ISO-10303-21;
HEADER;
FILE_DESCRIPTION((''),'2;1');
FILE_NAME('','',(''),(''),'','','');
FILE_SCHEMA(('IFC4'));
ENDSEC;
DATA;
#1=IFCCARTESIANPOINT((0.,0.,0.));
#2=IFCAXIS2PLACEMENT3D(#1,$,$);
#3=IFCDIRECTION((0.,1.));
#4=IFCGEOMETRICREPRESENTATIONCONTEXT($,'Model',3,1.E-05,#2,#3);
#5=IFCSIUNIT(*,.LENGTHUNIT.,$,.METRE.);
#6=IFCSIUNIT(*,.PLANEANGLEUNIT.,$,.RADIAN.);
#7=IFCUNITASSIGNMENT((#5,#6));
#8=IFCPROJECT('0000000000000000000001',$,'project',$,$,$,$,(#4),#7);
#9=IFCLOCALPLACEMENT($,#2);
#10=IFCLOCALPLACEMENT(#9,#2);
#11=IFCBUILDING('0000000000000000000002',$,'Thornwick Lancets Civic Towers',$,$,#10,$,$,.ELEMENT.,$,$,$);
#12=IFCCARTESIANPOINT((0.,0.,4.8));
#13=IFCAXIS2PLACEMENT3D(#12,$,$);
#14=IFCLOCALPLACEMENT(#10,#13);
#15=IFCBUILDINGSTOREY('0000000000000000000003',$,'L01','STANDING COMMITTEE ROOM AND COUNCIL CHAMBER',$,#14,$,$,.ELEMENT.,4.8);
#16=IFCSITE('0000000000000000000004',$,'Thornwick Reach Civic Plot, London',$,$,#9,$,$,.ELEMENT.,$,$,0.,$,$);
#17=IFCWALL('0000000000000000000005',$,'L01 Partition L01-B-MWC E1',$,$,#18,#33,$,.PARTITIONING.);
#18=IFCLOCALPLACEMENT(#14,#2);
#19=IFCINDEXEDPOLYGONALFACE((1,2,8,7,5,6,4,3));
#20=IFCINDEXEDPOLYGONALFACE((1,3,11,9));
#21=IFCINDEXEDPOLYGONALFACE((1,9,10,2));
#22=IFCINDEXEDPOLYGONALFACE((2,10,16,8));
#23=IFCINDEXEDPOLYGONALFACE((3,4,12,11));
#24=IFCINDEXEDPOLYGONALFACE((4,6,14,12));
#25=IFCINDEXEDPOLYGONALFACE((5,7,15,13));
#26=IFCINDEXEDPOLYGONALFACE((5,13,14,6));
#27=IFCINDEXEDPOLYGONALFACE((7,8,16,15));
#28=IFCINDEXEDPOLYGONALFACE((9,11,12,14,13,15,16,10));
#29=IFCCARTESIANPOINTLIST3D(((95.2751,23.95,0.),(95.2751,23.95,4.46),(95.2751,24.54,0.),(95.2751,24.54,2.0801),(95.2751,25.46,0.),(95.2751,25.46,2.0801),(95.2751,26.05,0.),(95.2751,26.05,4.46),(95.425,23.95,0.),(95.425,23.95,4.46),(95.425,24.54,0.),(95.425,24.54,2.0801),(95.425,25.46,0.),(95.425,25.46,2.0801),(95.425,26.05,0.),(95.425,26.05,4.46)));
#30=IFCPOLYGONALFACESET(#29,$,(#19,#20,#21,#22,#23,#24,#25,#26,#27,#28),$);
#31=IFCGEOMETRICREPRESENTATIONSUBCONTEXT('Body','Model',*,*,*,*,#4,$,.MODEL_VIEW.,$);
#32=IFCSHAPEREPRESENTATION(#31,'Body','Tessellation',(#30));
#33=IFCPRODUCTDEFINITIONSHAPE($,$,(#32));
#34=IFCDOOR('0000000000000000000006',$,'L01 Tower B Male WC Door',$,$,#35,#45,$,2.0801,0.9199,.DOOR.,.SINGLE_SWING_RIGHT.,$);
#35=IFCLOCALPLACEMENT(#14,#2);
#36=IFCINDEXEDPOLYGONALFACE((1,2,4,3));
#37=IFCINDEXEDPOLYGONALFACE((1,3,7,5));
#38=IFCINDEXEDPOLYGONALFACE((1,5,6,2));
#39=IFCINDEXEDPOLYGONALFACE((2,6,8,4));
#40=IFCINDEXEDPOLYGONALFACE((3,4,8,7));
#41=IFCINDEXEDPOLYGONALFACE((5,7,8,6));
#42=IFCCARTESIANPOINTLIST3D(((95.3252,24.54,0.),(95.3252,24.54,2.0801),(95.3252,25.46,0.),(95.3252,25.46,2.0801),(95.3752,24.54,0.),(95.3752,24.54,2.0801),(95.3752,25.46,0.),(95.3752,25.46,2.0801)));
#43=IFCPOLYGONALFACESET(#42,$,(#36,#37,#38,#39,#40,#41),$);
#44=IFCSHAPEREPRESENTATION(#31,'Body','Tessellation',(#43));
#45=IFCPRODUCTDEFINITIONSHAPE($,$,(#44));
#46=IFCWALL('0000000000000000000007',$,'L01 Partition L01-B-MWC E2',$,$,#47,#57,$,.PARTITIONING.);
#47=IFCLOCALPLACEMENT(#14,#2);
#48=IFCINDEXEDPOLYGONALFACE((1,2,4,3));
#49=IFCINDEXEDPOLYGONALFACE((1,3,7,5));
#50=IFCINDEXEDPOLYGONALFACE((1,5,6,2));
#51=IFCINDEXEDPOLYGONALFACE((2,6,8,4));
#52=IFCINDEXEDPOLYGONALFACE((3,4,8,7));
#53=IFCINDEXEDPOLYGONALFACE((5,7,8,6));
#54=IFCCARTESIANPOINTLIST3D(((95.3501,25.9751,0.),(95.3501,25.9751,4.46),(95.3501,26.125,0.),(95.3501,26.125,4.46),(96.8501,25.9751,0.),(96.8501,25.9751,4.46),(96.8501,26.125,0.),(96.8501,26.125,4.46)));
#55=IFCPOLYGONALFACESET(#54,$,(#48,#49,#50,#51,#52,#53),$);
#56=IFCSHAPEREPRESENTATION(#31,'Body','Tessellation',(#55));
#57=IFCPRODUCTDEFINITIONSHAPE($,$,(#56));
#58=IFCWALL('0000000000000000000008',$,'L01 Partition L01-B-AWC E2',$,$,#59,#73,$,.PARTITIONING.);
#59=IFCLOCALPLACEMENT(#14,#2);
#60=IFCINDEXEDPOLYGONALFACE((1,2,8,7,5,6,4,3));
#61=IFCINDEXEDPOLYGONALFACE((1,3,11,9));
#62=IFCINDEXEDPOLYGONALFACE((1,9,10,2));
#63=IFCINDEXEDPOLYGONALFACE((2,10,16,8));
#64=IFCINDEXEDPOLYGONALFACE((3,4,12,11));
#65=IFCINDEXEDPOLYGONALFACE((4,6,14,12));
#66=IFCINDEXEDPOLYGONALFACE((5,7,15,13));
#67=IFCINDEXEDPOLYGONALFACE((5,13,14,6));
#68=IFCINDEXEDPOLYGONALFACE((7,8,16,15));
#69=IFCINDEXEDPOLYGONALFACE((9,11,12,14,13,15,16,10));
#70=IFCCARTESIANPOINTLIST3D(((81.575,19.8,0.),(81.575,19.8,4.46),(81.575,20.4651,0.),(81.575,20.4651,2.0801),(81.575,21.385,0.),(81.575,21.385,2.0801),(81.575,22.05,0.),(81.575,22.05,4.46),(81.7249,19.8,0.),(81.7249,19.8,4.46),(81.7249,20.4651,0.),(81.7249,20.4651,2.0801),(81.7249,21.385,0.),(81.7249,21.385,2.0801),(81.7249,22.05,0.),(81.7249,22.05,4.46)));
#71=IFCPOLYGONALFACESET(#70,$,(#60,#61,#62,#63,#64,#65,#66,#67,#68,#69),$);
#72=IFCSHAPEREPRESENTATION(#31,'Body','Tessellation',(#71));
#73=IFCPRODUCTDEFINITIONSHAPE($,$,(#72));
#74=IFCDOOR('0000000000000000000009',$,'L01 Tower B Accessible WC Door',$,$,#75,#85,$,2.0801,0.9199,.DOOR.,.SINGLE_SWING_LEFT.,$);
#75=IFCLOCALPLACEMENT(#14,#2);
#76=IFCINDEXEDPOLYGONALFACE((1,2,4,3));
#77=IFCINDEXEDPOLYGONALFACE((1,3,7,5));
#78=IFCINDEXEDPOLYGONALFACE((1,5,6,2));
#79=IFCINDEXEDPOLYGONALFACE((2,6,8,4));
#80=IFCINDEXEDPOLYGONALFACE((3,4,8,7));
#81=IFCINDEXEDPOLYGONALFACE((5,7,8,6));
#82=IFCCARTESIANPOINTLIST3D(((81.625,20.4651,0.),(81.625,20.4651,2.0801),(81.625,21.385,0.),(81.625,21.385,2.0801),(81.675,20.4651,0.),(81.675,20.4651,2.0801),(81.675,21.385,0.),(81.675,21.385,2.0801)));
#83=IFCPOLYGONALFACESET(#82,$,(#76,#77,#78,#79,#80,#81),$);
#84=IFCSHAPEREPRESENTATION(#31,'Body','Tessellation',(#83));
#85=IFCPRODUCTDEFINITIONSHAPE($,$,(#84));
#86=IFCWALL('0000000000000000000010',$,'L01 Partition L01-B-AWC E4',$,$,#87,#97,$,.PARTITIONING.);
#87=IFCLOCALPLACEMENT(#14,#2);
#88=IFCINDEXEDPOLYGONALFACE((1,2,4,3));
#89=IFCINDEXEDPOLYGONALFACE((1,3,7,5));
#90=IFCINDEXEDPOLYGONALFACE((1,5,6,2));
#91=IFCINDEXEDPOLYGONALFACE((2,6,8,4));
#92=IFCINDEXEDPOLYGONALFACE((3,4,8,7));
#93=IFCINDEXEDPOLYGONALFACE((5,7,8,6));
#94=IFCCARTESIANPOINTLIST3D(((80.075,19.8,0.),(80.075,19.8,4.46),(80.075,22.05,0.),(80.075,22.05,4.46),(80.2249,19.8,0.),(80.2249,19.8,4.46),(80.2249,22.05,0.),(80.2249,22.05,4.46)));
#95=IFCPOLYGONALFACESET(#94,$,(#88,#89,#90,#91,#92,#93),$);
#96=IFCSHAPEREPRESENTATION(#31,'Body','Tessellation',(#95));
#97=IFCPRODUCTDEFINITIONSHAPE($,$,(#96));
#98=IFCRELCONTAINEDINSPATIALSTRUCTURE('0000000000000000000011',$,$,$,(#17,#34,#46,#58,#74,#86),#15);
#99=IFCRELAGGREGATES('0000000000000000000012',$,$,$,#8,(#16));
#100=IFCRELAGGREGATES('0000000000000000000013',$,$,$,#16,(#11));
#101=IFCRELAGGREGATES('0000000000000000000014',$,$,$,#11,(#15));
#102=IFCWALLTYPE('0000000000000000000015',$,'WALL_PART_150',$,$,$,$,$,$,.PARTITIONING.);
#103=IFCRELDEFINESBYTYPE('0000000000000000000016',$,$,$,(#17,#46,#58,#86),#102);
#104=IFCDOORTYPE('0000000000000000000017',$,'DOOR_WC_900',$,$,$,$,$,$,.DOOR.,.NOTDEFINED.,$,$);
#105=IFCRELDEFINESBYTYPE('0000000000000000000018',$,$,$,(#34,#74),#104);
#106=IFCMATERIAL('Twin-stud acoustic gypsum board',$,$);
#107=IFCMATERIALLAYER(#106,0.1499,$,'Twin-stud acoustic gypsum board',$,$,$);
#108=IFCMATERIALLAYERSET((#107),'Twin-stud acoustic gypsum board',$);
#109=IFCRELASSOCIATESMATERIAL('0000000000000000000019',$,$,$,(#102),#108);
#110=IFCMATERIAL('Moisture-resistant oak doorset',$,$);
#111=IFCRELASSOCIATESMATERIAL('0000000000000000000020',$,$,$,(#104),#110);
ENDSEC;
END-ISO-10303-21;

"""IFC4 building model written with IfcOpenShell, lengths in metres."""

from ifc_helpers import new_model, si_unit, direction, frame, frame_2d, origin, place, context, subcontext, project, spatial, rectangle, extrude, material, layer, layer_set, type_object, element, fill, save


model = new_model("IFC4")

# Units and contexts
model_context = context("Model", 3, precision=1e-05, world=origin(), true_north=direction((0.0, 1.0)))
body_context = subcontext(model_context, "Body", "Model", "MODEL_VIEW")
ifc_project = project(units=[si_unit("LENGTHUNIT", "METRE"), si_unit("PLANEANGLEUNIT", "RADIAN")], contexts=[model_context])

# Site, building, storey
site_placement = place(None, origin())
site = spatial("IfcSite", under=ifc_project, at=site_placement, Name="Thornwick Reach Civic Plot, London", CompositionType="ELEMENT", RefElevation=0.0)
building_placement = place(site_placement, origin())
building = spatial("IfcBuilding", under=site, at=building_placement, Name="Thornwick Lancets Civic Towers", CompositionType="ELEMENT")
storey_placement = place(building_placement, frame((0.0, 0.0, 4.8)))
storey = spatial("IfcBuildingStorey", under=building, at=storey_placement, Name="L01", Description="STANDING COMMITTEE ROOM AND COUNCIL CHAMBER", CompositionType="ELEMENT", Elevation=4.8)

# Wall, opening, door
ifc_material_1 = material(Name="Twin-stud acoustic gypsum board")
ifc_layer_1 = layer(ifc_material_1, 0.1499, Name="Twin-stud acoustic gypsum board")
ifc_layer_set_1 = layer_set([ifc_layer_1], Name="Twin-stud acoustic gypsum board")
wall_type_1 = type_object("IfcWallType", Name="WALL_PART_150", PredefinedType="PARTITIONING", material=ifc_layer_set_1)
wall_1_placement = place(storey_placement, frame((95.3501, 23.95, 0.0), z_axis=(0.0, 0.0, 1.0), x_axis=(0.0, 1.0, 0.0)))
wall_1 = element("IfcWall", 1, at=wall_1_placement, inside=storey, type_object=wall_type_1, Name="L01 Partition L01-B-MWC E1", PredefinedType="PARTITIONING", context=body_context, shape_type="SweptSolid", body=[
    extrude(rectangle(XDim=2.1001, YDim=0.1499, at=frame_2d((1.05, 0.0))), origin(), (0.0, 0.0, 1.0), 4.46),
])
opening_1_placement = place(wall_1_placement, frame((0.5901, 0.0, 0.0)))
opening_1 = element("IfcOpeningElement", 2, at=opening_1_placement, cuts=wall_1, PredefinedType="OPENING", context=body_context, shape_type="SweptSolid", body=[
    extrude(rectangle(XDim=0.9199, YDim=2.0801, at=frame_2d((0.46, 1.04))), frame((0.0, 0.085, 0.0), z_axis=(0.0, -1.0, 0.0), x_axis=(1.0, 0.0, 0.0)), (0.0, 0.0, 1.0), 0.1699),
])
ifc_material_2 = material(Name="Moisture-resistant oak doorset")
door_type_1 = type_object("IfcDoorType", Name="DOOR_WC_900", OperationType="NOTDEFINED", PredefinedType="DOOR", material=ifc_material_2)
door_1_placement = place(opening_1_placement, origin())
door_1 = element("IfcDoor", 3, at=door_1_placement, inside=storey, type_object=door_type_1, Name="L01 Tower B Male WC Door", OperationType="SINGLE_SWING_RIGHT", OverallHeight=2.0801, OverallWidth=0.9199, PredefinedType="DOOR", context=body_context, shape_type="SweptSolid", body=[
    extrude(rectangle(XDim=0.9199, YDim=2.0801, at=frame_2d((0.46, 1.04))), frame((0.0, 0.0249, 0.0), z_axis=(0.0, -1.0, 0.0), x_axis=(1.0, 0.0, 0.0)), (0.0, 0.0, 1.0), 0.05),
])
fill(opening_1, door_1)

# Wall
wall_2_placement = place(storey_placement, frame((95.3501, 26.05, 0.0), z_axis=(0.0, 0.0, 1.0), x_axis=(1.0, 0.0, 0.0)))
element("IfcWall", 4, at=wall_2_placement, inside=storey, type_object=wall_type_1, Name="L01 Partition L01-B-MWC E2", PredefinedType="PARTITIONING", context=body_context, shape_type="SweptSolid", body=[
    extrude(rectangle(XDim=1.5, YDim=0.1499, at=frame_2d((0.75, 0.0))), origin(), (0.0, 0.0, 1.0), 4.46),
])

# Wall, opening, door
wall_3_placement = place(storey_placement, frame((81.6499, 19.8, 0.0), z_axis=(0.0, 0.0, 1.0), x_axis=(0.0, 1.0, 0.0)))
wall_3 = element("IfcWall", 5, at=wall_3_placement, inside=storey, type_object=wall_type_1, Name="L01 Partition L01-B-AWC E2", PredefinedType="PARTITIONING", context=body_context, shape_type="SweptSolid", body=[
    extrude(rectangle(XDim=2.25, YDim=0.1499, at=frame_2d((1.125, 0.0))), origin(), (0.0, 0.0, 1.0), 4.46),
])
opening_2_placement = place(wall_3_placement, frame((0.665, 0.0, 0.0)))
opening_2 = element("IfcOpeningElement", 6, at=opening_2_placement, cuts=wall_3, PredefinedType="OPENING", context=body_context, shape_type="SweptSolid", body=[
    extrude(rectangle(XDim=0.9199, YDim=2.0801, at=frame_2d((0.46, 1.04))), frame((0.0, 0.085, 0.0), z_axis=(0.0, -1.0, 0.0), x_axis=(1.0, 0.0, 0.0)), (0.0, 0.0, 1.0), 0.1699),
])
door_2_placement = place(opening_2_placement, origin())
door_2 = element("IfcDoor", 7, at=door_2_placement, inside=storey, type_object=door_type_1, Name="L01 Tower B Accessible WC Door", OperationType="SINGLE_SWING_LEFT", OverallHeight=2.0801, OverallWidth=0.9199, PredefinedType="DOOR", context=body_context, shape_type="SweptSolid", body=[
    extrude(rectangle(XDim=0.9199, YDim=2.0801, at=frame_2d((0.46, 1.04))), frame((0.0, 0.0249, 0.0), z_axis=(0.0, -1.0, 0.0), x_axis=(1.0, 0.0, 0.0)), (0.0, 0.0, 1.0), 0.05),
])
fill(opening_2, door_2)

# Wall
wall_4_placement = place(storey_placement, frame((80.1499, 22.05, 0.0), z_axis=(0.0, 0.0, 1.0), x_axis=(0.0, -1.0, 0.0)))
element("IfcWall", 8, at=wall_4_placement, inside=storey, type_object=wall_type_1, Name="L01 Partition L01-B-AWC E4", PredefinedType="PARTITIONING", context=body_context, shape_type="SweptSolid", body=[
    extrude(rectangle(XDim=2.25, YDim=0.1499, at=frame_2d((1.125, 0.0))), origin(), (0.0, 0.0, 1.0), 4.46),
])

save(model, "model.ifc")
